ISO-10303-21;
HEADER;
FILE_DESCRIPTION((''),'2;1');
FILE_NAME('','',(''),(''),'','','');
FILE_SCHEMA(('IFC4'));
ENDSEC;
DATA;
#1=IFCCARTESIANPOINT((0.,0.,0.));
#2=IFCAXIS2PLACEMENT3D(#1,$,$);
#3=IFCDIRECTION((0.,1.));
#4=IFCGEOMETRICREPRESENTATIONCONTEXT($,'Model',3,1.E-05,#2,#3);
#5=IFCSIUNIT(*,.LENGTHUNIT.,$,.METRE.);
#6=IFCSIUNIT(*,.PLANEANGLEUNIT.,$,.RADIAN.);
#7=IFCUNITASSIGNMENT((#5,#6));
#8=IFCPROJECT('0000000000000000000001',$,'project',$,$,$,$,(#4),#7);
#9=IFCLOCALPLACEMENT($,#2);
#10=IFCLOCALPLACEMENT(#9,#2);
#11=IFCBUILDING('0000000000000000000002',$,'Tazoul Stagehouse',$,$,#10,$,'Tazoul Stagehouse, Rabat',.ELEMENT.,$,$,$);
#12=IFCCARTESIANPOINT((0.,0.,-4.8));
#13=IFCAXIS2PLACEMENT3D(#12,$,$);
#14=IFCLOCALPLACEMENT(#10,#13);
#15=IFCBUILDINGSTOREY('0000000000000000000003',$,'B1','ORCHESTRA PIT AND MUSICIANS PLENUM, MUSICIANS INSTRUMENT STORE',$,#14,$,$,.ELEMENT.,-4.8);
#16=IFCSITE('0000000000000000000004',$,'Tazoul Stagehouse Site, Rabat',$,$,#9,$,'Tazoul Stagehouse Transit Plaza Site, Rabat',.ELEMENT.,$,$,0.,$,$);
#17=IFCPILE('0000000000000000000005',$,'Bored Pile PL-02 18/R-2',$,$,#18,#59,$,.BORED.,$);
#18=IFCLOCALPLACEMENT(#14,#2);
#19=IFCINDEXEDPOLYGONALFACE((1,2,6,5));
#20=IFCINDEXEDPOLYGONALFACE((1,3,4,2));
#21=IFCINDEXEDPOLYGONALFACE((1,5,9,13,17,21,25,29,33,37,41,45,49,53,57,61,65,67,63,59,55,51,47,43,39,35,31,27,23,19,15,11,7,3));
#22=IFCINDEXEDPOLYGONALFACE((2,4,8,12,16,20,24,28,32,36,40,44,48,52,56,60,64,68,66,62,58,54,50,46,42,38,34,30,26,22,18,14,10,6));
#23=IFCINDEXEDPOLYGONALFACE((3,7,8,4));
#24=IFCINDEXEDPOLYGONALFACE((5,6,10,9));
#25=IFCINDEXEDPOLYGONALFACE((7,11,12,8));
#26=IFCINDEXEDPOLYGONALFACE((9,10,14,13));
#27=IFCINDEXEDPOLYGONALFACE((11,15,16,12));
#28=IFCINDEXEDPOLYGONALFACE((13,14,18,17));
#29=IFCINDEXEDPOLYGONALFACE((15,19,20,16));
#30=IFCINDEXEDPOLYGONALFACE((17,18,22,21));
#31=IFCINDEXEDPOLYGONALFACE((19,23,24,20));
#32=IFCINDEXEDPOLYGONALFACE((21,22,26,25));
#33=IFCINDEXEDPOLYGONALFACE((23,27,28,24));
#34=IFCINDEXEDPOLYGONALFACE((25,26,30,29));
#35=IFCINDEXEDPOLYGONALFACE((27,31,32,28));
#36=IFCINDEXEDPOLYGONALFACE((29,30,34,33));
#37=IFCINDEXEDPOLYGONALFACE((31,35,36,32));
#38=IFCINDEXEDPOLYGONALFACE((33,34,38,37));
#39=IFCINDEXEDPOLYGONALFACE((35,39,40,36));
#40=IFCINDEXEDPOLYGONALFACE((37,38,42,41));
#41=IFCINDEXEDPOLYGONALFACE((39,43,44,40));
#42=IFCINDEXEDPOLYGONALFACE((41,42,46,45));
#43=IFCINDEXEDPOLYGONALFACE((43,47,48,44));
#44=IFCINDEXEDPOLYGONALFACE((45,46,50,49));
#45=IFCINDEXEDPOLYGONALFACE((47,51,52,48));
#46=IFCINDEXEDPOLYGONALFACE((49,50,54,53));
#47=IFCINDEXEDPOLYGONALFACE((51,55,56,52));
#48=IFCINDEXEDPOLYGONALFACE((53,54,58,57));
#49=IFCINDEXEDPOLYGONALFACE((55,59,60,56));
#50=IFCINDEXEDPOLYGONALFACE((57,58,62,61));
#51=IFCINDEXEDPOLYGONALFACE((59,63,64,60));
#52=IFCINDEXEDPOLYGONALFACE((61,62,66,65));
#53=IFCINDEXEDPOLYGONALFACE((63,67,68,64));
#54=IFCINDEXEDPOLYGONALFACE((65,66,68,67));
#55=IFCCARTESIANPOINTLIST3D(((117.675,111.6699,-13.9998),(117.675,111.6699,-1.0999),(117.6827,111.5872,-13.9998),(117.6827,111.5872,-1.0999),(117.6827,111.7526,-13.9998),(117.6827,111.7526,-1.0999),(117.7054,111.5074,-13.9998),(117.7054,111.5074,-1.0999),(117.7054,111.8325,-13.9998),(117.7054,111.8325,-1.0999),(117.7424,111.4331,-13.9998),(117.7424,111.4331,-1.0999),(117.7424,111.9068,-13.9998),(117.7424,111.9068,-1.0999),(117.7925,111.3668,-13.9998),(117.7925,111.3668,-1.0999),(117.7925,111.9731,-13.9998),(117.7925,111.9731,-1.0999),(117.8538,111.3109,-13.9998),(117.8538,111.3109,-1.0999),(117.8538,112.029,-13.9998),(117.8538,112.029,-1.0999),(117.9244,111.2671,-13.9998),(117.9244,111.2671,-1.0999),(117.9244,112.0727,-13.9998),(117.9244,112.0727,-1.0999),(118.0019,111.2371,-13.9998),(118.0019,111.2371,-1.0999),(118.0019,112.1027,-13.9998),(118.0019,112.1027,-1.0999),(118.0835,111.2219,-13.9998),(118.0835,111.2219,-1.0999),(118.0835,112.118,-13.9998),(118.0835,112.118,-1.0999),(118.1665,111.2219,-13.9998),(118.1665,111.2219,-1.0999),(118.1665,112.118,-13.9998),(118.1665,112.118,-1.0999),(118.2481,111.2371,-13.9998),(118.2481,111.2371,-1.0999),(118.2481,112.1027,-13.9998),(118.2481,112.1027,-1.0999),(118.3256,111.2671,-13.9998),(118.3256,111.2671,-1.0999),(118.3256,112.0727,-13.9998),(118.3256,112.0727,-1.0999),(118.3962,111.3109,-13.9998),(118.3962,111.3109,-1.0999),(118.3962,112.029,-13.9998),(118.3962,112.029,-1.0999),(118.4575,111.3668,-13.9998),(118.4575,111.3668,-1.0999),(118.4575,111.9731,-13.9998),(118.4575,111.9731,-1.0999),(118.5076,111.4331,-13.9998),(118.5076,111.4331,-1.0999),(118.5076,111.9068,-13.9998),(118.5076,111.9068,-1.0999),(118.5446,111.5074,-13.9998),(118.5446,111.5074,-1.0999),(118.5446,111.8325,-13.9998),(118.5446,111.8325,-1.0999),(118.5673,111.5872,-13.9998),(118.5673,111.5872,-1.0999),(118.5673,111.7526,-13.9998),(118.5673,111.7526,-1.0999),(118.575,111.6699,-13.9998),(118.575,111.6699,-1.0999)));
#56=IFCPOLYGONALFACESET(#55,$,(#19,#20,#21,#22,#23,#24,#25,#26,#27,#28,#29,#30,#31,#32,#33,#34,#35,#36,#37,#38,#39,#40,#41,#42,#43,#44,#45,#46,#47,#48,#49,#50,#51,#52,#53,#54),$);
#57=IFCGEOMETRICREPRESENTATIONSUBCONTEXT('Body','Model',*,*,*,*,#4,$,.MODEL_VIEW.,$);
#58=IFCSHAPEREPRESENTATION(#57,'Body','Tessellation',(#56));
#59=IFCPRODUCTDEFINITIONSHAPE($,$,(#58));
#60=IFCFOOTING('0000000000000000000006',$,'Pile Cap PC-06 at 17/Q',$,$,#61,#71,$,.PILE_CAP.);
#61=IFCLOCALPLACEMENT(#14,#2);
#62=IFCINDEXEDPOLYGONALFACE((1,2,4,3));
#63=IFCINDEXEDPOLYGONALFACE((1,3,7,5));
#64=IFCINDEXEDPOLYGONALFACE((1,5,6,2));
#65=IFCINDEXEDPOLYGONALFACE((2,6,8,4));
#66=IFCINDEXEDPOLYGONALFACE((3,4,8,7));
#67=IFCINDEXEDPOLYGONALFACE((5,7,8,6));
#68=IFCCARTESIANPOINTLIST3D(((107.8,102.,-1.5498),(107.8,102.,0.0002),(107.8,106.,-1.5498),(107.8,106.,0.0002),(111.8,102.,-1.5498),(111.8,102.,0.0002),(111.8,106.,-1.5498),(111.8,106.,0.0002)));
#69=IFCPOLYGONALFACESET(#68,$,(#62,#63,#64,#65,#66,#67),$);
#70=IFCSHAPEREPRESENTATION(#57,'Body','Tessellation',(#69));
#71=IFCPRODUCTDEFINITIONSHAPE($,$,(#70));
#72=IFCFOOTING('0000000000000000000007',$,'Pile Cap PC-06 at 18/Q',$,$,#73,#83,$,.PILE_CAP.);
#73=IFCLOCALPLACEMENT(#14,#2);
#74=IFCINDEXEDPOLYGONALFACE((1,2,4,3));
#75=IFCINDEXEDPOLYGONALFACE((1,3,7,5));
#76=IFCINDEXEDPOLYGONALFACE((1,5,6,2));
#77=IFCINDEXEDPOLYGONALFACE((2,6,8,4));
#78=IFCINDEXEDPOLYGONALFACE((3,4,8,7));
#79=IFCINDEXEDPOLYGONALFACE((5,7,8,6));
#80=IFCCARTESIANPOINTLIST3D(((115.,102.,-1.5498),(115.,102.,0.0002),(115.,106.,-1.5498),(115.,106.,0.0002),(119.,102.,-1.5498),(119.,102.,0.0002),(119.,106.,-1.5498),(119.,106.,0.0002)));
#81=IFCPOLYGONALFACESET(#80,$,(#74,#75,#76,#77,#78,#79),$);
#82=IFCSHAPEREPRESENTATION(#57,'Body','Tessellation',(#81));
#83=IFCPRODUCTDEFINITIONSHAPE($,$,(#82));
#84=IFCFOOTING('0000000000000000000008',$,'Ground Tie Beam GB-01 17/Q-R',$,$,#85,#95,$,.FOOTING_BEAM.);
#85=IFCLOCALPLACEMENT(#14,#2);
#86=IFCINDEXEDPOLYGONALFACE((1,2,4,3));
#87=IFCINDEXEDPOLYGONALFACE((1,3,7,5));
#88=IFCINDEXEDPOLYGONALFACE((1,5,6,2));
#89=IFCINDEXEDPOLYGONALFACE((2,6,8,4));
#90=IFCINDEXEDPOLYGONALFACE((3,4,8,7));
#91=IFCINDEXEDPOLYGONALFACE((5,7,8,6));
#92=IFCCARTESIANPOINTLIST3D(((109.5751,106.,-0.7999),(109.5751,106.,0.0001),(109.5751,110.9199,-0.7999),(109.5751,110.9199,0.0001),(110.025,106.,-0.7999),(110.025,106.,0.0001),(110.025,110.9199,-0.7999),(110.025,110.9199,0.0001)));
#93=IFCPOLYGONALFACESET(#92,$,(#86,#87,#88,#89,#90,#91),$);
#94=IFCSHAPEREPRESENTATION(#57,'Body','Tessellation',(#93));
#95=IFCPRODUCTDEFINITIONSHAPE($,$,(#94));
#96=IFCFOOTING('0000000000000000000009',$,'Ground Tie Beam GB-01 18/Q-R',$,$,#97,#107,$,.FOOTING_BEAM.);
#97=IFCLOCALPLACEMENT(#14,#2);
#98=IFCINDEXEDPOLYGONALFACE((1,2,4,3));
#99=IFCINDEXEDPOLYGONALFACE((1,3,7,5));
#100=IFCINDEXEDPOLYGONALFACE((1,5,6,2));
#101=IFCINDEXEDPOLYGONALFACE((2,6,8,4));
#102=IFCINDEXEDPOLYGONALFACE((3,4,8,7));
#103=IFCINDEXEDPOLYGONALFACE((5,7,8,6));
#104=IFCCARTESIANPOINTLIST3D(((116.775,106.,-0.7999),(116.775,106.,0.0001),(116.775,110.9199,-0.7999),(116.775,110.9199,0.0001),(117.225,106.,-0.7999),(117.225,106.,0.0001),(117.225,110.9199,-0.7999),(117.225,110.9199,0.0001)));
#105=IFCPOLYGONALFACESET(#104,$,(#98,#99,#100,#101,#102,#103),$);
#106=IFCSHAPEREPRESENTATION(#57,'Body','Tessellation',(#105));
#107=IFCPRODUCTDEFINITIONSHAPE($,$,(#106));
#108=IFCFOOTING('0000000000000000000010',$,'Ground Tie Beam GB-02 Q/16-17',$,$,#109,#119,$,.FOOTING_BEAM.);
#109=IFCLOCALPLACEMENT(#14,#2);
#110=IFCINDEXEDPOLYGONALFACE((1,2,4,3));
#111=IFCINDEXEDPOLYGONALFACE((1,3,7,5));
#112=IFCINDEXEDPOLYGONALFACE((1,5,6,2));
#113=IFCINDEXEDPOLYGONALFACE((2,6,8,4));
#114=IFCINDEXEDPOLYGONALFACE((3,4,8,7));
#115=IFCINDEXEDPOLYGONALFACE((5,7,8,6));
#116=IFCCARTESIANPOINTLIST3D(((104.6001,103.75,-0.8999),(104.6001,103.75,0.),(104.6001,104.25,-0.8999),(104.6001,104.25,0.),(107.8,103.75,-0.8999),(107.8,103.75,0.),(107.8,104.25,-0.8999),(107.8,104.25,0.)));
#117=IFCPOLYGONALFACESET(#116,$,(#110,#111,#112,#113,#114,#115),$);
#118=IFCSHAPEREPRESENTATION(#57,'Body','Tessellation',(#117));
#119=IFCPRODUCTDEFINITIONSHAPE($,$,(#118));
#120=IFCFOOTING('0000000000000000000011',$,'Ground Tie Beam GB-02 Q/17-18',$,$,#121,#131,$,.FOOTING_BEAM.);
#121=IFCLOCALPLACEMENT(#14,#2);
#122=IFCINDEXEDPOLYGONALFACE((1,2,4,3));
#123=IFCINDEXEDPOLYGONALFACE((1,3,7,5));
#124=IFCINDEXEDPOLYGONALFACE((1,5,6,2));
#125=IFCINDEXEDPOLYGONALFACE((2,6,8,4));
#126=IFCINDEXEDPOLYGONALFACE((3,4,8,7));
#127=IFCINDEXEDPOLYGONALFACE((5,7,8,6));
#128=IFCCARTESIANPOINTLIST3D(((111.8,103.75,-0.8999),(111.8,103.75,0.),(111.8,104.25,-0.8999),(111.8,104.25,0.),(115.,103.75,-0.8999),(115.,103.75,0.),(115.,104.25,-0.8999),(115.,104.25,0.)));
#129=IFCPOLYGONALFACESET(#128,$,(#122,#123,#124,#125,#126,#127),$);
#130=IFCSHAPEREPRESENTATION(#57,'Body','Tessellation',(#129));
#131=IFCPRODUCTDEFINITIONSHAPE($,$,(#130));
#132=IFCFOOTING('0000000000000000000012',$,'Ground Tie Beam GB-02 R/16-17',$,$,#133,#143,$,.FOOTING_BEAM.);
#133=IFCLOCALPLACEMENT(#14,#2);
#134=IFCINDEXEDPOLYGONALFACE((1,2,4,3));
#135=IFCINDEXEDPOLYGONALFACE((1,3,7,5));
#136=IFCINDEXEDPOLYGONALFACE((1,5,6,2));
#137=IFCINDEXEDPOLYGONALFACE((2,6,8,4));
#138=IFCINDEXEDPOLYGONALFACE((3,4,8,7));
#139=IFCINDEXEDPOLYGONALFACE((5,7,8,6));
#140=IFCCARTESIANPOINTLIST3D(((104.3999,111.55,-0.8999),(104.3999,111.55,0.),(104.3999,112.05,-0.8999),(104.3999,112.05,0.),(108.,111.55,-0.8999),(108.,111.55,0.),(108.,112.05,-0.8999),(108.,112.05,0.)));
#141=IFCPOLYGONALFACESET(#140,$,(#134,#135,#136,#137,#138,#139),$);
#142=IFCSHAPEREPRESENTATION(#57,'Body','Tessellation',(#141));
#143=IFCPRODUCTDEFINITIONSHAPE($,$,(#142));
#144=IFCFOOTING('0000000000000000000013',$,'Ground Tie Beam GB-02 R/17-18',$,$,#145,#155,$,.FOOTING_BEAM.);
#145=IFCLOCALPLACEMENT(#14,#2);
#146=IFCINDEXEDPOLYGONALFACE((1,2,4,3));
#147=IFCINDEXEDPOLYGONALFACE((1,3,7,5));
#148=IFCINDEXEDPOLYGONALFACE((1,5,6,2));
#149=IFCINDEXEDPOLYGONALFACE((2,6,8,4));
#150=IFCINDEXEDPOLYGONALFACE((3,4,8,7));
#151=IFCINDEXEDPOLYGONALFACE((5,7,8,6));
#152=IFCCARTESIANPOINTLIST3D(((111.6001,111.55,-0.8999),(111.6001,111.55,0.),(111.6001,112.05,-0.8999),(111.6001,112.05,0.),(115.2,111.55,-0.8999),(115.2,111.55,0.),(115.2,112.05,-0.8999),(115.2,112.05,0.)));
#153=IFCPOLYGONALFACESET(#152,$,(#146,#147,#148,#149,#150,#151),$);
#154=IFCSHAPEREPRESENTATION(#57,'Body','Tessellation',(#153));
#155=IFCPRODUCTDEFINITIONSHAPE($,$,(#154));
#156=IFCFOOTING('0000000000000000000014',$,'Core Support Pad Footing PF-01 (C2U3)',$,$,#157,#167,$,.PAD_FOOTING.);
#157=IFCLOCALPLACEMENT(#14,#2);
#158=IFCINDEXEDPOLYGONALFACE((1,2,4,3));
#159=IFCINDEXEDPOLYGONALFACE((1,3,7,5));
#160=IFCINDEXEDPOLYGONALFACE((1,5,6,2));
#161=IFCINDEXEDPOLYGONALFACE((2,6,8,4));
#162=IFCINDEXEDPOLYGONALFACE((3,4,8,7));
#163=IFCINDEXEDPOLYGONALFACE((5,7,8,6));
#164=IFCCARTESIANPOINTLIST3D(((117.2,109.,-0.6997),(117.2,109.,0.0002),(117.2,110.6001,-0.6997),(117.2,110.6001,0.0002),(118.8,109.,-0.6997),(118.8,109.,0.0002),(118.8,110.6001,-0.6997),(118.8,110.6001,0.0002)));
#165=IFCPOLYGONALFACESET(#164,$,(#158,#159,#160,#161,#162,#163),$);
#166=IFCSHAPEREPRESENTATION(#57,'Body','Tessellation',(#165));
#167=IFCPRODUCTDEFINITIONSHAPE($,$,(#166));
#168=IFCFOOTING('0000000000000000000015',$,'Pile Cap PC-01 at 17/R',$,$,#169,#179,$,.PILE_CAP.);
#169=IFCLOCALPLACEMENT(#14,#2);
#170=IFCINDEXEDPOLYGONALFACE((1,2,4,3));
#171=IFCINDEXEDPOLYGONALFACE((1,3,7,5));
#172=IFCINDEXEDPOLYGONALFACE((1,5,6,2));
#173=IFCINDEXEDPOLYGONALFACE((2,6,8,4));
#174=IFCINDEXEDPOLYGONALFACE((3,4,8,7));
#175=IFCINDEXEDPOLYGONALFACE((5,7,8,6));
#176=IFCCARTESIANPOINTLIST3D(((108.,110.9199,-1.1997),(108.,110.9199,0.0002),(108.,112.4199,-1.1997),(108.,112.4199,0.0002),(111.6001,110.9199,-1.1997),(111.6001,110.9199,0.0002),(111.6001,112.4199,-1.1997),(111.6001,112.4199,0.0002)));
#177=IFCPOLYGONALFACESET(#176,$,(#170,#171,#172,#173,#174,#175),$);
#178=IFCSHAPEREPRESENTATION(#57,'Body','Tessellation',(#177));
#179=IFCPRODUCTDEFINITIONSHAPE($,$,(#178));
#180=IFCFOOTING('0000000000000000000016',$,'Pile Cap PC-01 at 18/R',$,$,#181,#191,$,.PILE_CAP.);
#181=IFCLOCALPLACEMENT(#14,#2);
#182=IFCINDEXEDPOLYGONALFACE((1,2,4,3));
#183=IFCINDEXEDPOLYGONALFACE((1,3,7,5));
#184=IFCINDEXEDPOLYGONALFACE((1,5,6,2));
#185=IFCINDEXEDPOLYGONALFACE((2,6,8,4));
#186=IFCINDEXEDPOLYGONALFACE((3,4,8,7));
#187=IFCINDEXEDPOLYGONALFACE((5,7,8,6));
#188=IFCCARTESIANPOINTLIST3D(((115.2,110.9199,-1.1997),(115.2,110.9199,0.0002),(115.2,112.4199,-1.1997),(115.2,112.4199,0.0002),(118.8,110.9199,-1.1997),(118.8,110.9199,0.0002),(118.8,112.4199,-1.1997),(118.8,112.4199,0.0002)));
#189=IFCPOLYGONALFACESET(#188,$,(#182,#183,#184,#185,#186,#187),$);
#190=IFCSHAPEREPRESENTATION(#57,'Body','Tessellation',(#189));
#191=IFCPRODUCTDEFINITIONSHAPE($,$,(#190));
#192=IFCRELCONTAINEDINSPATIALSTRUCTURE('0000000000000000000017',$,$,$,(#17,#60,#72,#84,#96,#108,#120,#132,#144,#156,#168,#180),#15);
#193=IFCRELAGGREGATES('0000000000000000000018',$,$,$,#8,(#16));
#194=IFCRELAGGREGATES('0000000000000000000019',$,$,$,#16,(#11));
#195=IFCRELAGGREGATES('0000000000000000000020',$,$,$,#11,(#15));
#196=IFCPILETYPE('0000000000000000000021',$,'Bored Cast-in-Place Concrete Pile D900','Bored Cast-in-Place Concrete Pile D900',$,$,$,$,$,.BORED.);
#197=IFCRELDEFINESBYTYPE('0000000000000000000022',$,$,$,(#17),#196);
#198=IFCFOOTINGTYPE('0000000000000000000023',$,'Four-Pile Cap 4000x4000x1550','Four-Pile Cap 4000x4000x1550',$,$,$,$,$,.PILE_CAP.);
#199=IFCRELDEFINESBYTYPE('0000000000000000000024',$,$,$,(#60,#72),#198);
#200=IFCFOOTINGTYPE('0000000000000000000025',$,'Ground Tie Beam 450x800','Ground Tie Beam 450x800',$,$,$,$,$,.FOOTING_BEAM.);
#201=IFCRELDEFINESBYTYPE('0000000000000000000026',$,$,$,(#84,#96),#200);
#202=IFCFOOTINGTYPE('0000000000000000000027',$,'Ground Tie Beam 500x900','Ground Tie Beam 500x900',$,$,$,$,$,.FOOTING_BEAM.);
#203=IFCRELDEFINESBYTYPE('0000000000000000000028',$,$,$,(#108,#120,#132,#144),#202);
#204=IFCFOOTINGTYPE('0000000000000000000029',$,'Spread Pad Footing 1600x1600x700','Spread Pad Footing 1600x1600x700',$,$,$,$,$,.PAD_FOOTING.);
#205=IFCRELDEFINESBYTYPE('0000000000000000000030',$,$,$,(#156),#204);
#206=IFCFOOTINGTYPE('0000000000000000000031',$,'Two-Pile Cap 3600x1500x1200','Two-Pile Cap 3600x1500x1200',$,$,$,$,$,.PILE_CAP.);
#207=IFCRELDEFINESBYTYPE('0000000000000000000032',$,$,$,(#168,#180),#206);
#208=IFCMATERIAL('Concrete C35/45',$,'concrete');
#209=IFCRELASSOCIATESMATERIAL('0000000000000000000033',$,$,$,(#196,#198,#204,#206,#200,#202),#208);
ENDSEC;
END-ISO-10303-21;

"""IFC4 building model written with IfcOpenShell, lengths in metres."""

from ifc_helpers import new_model, si_unit, direction, frame, origin, origin_2d, place, context, subcontext, project, spatial, rectangle, circle, extrude, material, material_profile, profile_set, type_object, element, save


model = new_model("IFC4")

# Units and contexts
model_context = context("Model", 3, precision=1e-05, world=origin(), true_north=direction((0.0, 1.0)))
body_context = subcontext(model_context, "Body", "Model", "MODEL_VIEW")
ifc_project = project(units=[si_unit("LENGTHUNIT", "METRE"), si_unit("PLANEANGLEUNIT", "RADIAN")], contexts=[model_context])

# Site, building, storey
site_placement = place(None, origin())
site = spatial("IfcSite", under=ifc_project, at=site_placement, Name="Tazoul Stagehouse Site, Rabat", LongName="Tazoul Stagehouse Transit Plaza Site, Rabat", CompositionType="ELEMENT", RefElevation=0.0)
building_placement = place(site_placement, origin())
building = spatial("IfcBuilding", under=site, at=building_placement, Name="Tazoul Stagehouse", LongName="Tazoul Stagehouse, Rabat", CompositionType="ELEMENT")
storey_placement = place(building_placement, frame((0.0, 0.0, -4.8)))
storey = spatial("IfcBuildingStorey", under=building, at=storey_placement, Name="B1", Description="ORCHESTRA PIT AND MUSICIANS PLENUM, MUSICIANS INSTRUMENT STORE", CompositionType="ELEMENT", Elevation=-4.8)

# Pile
ifc_material_1 = material(Name="Concrete C35/45", Category="concrete")
ifc_material_profile_1 = material_profile(ifc_material_1, circle(Radius=0.45, at=origin_2d()), Name="BORED PILE 900")
ifc_profile_set_1 = profile_set([ifc_material_profile_1], Name="Concrete C35/45")
pile_type_1 = type_object("IfcPileType", Name="Bored Cast-in-Place Concrete Pile D900", Description="Bored Cast-in-Place Concrete Pile D900", PredefinedType="BORED", material=ifc_profile_set_1)
for number, where, z_axis, x_axis, name in (
    (1, (118.125, 111.6699, -1.0999), (0.0, 0.0, -1.0), (1.0, 0.0, 0.0), "Bored Pile PL-02 18/R-2"),
):
    element("IfcPile", number, at=place(storey_placement, frame(where, z_axis=z_axis, x_axis=x_axis)), inside=storey, type_object=pile_type_1, Name=name, PredefinedType="BORED", context=body_context, shape_type="SweptSolid", body=[
        extrude(circle(Radius=0.45, at=origin_2d()), origin(), (0.0, 0.0, 1.0), 12.8999),
    ])

# Footings
footing_type_1 = type_object("IfcFootingType", Name="Four-Pile Cap 4000x4000x1550", Description="Four-Pile Cap 4000x4000x1550", PredefinedType="PILE_CAP", material=ifc_material_1)
for number, where, z_axis, x_axis, name in (
    (2, (109.8, 104.0, -1.5498), (0.0, 0.0, 1.0), (1.0, 0.0, 0.0), "Pile Cap PC-06 at 17/Q"),
    (3, (117.0, 104.0, -1.5498), (0.0, 0.0, 1.0), (1.0, 0.0, 0.0), "Pile Cap PC-06 at 18/Q"),
):
    element("IfcFooting", number, at=place(storey_placement, frame(where, z_axis=z_axis, x_axis=x_axis)), inside=storey, type_object=footing_type_1, Name=name, PredefinedType="PILE_CAP", context=body_context, shape_type="SweptSolid", body=[
        extrude(rectangle(XDim=4.0, YDim=4.0, at=origin_2d()), origin(), (0.0, 0.0, 1.0), 1.55),
    ])
ifc_material_profile_2 = material_profile(ifc_material_1, rectangle(XDim=0.45, YDim=0.8, at=origin_2d()), Name="RC 450x800")
ifc_profile_set_2 = profile_set([ifc_material_profile_2], Name="Concrete C35/45")
footing_type_2 = type_object("IfcFootingType", Name="Ground Tie Beam 450x800", Description="Ground Tie Beam 450x800", PredefinedType="FOOTING_BEAM", material=ifc_profile_set_2)
for number, where, z_axis, x_axis, name in (
    (4, (109.8, 106.0, -0.3999), (0.0, 1.0, 0.0), (-1.0, 0.0, 0.0), "Ground Tie Beam GB-01 17/Q-R"),
    (5, (117.0, 106.0, -0.3999), (0.0, 1.0, 0.0), (-1.0, 0.0, 0.0), "Ground Tie Beam GB-01 18/Q-R"),
):
    element("IfcFooting", number, at=place(storey_placement, frame(where, z_axis=z_axis, x_axis=x_axis)), inside=storey, type_object=footing_type_2, Name=name, PredefinedType="FOOTING_BEAM", context=body_context, shape_type="SweptSolid", body=[
        extrude(rectangle(XDim=0.45, YDim=0.8, at=origin_2d()), origin(), (0.0, 0.0, 1.0), 4.9199),
    ])
ifc_material_profile_3 = material_profile(ifc_material_1, rectangle(XDim=0.5, YDim=0.8999, at=origin_2d()), Name="RC 500x900")
ifc_profile_set_3 = profile_set([ifc_material_profile_3], Name="Concrete C35/45")
footing_type_3 = type_object("IfcFootingType", Name="Ground Tie Beam 500x900", Description="Ground Tie Beam 500x900", PredefinedType="FOOTING_BEAM", material=ifc_profile_set_3)
for number, where, z_axis, x_axis, name in (
    (6, (104.6001, 104.0, -0.45), (1.0, 0.0, 0.0), (0.0, 1.0, 0.0), "Ground Tie Beam GB-02 Q/16-17"),
    (7, (111.8, 104.0, -0.45), (1.0, 0.0, 0.0), (0.0, 1.0, 0.0), "Ground Tie Beam GB-02 Q/17-18"),
):
    element("IfcFooting", number, at=place(storey_placement, frame(where, z_axis=z_axis, x_axis=x_axis)), inside=storey, type_object=footing_type_3, Name=name, PredefinedType="FOOTING_BEAM", context=body_context, shape_type="SweptSolid", body=[
        extrude(rectangle(XDim=0.5, YDim=0.8999, at=origin_2d()), origin(), (0.0, 0.0, 1.0), 3.2),
    ])
footing_1_placement = place(storey_placement, frame((104.3999, 111.8, -0.45), z_axis=(1.0, 0.0, 0.0), x_axis=(0.0, 1.0, 0.0)))
element("IfcFooting", 8, at=footing_1_placement, inside=storey, type_object=footing_type_3, Name="Ground Tie Beam GB-02 R/16-17", PredefinedType="FOOTING_BEAM", context=body_context, shape_type="SweptSolid", body=[
    extrude(rectangle(XDim=0.5, YDim=0.8999, at=origin_2d()), origin(), (0.0, 0.0, 1.0), 3.6001),
])
footing_2_placement = place(storey_placement, frame((111.6001, 111.8, -0.45), z_axis=(1.0, 0.0, 0.0), x_axis=(0.0, 1.0, 0.0)))
element("IfcFooting", 9, at=footing_2_placement, inside=storey, type_object=footing_type_3, Name="Ground Tie Beam GB-02 R/17-18", PredefinedType="FOOTING_BEAM", context=body_context, shape_type="SweptSolid", body=[
    extrude(rectangle(XDim=0.5, YDim=0.8999, at=origin_2d()), origin(), (0.0, 0.0, 1.0), 3.5999),
])
footing_type_4 = type_object("IfcFootingType", Name="Spread Pad Footing 1600x1600x700", Description="Spread Pad Footing 1600x1600x700", PredefinedType="PAD_FOOTING", material=ifc_material_1)
footing_3_placement = place(storey_placement, frame((118.0, 109.8, -0.6997), z_axis=(0.0, 0.0, 1.0), x_axis=(1.0, 0.0, 0.0)))
element("IfcFooting", 10, at=footing_3_placement, inside=storey, type_object=footing_type_4, Name="Core Support Pad Footing PF-01 (C2U3)", PredefinedType="PAD_FOOTING", context=body_context, shape_type="SweptSolid", body=[
    extrude(rectangle(XDim=1.6001, YDim=1.6001, at=origin_2d()), origin(), (0.0, 0.0, 1.0), 0.7),
])
footing_type_5 = type_object("IfcFootingType", Name="Two-Pile Cap 3600x1500x1200", Description="Two-Pile Cap 3600x1500x1200", PredefinedType="PILE_CAP", material=ifc_material_1)
for number, where, z_axis, x_axis, name in (
    (11, (109.8, 111.6699, -1.1997), (0.0, 0.0, 1.0), (1.0, 0.0, 0.0), "Pile Cap PC-01 at 17/R"),
    (12, (117.0, 111.6699, -1.1997), (0.0, 0.0, 1.0), (1.0, 0.0, 0.0), "Pile Cap PC-01 at 18/R"),
):
    element("IfcFooting", number, at=place(storey_placement, frame(where, z_axis=z_axis, x_axis=x_axis)), inside=storey, type_object=footing_type_5, Name=name, PredefinedType="PILE_CAP", context=body_context, shape_type="SweptSolid", body=[
        extrude(rectangle(XDim=3.6001, YDim=1.5, at=origin_2d()), origin(), (0.0, 0.0, 1.0), 1.2),
    ])

save(model, "model.ifc")
